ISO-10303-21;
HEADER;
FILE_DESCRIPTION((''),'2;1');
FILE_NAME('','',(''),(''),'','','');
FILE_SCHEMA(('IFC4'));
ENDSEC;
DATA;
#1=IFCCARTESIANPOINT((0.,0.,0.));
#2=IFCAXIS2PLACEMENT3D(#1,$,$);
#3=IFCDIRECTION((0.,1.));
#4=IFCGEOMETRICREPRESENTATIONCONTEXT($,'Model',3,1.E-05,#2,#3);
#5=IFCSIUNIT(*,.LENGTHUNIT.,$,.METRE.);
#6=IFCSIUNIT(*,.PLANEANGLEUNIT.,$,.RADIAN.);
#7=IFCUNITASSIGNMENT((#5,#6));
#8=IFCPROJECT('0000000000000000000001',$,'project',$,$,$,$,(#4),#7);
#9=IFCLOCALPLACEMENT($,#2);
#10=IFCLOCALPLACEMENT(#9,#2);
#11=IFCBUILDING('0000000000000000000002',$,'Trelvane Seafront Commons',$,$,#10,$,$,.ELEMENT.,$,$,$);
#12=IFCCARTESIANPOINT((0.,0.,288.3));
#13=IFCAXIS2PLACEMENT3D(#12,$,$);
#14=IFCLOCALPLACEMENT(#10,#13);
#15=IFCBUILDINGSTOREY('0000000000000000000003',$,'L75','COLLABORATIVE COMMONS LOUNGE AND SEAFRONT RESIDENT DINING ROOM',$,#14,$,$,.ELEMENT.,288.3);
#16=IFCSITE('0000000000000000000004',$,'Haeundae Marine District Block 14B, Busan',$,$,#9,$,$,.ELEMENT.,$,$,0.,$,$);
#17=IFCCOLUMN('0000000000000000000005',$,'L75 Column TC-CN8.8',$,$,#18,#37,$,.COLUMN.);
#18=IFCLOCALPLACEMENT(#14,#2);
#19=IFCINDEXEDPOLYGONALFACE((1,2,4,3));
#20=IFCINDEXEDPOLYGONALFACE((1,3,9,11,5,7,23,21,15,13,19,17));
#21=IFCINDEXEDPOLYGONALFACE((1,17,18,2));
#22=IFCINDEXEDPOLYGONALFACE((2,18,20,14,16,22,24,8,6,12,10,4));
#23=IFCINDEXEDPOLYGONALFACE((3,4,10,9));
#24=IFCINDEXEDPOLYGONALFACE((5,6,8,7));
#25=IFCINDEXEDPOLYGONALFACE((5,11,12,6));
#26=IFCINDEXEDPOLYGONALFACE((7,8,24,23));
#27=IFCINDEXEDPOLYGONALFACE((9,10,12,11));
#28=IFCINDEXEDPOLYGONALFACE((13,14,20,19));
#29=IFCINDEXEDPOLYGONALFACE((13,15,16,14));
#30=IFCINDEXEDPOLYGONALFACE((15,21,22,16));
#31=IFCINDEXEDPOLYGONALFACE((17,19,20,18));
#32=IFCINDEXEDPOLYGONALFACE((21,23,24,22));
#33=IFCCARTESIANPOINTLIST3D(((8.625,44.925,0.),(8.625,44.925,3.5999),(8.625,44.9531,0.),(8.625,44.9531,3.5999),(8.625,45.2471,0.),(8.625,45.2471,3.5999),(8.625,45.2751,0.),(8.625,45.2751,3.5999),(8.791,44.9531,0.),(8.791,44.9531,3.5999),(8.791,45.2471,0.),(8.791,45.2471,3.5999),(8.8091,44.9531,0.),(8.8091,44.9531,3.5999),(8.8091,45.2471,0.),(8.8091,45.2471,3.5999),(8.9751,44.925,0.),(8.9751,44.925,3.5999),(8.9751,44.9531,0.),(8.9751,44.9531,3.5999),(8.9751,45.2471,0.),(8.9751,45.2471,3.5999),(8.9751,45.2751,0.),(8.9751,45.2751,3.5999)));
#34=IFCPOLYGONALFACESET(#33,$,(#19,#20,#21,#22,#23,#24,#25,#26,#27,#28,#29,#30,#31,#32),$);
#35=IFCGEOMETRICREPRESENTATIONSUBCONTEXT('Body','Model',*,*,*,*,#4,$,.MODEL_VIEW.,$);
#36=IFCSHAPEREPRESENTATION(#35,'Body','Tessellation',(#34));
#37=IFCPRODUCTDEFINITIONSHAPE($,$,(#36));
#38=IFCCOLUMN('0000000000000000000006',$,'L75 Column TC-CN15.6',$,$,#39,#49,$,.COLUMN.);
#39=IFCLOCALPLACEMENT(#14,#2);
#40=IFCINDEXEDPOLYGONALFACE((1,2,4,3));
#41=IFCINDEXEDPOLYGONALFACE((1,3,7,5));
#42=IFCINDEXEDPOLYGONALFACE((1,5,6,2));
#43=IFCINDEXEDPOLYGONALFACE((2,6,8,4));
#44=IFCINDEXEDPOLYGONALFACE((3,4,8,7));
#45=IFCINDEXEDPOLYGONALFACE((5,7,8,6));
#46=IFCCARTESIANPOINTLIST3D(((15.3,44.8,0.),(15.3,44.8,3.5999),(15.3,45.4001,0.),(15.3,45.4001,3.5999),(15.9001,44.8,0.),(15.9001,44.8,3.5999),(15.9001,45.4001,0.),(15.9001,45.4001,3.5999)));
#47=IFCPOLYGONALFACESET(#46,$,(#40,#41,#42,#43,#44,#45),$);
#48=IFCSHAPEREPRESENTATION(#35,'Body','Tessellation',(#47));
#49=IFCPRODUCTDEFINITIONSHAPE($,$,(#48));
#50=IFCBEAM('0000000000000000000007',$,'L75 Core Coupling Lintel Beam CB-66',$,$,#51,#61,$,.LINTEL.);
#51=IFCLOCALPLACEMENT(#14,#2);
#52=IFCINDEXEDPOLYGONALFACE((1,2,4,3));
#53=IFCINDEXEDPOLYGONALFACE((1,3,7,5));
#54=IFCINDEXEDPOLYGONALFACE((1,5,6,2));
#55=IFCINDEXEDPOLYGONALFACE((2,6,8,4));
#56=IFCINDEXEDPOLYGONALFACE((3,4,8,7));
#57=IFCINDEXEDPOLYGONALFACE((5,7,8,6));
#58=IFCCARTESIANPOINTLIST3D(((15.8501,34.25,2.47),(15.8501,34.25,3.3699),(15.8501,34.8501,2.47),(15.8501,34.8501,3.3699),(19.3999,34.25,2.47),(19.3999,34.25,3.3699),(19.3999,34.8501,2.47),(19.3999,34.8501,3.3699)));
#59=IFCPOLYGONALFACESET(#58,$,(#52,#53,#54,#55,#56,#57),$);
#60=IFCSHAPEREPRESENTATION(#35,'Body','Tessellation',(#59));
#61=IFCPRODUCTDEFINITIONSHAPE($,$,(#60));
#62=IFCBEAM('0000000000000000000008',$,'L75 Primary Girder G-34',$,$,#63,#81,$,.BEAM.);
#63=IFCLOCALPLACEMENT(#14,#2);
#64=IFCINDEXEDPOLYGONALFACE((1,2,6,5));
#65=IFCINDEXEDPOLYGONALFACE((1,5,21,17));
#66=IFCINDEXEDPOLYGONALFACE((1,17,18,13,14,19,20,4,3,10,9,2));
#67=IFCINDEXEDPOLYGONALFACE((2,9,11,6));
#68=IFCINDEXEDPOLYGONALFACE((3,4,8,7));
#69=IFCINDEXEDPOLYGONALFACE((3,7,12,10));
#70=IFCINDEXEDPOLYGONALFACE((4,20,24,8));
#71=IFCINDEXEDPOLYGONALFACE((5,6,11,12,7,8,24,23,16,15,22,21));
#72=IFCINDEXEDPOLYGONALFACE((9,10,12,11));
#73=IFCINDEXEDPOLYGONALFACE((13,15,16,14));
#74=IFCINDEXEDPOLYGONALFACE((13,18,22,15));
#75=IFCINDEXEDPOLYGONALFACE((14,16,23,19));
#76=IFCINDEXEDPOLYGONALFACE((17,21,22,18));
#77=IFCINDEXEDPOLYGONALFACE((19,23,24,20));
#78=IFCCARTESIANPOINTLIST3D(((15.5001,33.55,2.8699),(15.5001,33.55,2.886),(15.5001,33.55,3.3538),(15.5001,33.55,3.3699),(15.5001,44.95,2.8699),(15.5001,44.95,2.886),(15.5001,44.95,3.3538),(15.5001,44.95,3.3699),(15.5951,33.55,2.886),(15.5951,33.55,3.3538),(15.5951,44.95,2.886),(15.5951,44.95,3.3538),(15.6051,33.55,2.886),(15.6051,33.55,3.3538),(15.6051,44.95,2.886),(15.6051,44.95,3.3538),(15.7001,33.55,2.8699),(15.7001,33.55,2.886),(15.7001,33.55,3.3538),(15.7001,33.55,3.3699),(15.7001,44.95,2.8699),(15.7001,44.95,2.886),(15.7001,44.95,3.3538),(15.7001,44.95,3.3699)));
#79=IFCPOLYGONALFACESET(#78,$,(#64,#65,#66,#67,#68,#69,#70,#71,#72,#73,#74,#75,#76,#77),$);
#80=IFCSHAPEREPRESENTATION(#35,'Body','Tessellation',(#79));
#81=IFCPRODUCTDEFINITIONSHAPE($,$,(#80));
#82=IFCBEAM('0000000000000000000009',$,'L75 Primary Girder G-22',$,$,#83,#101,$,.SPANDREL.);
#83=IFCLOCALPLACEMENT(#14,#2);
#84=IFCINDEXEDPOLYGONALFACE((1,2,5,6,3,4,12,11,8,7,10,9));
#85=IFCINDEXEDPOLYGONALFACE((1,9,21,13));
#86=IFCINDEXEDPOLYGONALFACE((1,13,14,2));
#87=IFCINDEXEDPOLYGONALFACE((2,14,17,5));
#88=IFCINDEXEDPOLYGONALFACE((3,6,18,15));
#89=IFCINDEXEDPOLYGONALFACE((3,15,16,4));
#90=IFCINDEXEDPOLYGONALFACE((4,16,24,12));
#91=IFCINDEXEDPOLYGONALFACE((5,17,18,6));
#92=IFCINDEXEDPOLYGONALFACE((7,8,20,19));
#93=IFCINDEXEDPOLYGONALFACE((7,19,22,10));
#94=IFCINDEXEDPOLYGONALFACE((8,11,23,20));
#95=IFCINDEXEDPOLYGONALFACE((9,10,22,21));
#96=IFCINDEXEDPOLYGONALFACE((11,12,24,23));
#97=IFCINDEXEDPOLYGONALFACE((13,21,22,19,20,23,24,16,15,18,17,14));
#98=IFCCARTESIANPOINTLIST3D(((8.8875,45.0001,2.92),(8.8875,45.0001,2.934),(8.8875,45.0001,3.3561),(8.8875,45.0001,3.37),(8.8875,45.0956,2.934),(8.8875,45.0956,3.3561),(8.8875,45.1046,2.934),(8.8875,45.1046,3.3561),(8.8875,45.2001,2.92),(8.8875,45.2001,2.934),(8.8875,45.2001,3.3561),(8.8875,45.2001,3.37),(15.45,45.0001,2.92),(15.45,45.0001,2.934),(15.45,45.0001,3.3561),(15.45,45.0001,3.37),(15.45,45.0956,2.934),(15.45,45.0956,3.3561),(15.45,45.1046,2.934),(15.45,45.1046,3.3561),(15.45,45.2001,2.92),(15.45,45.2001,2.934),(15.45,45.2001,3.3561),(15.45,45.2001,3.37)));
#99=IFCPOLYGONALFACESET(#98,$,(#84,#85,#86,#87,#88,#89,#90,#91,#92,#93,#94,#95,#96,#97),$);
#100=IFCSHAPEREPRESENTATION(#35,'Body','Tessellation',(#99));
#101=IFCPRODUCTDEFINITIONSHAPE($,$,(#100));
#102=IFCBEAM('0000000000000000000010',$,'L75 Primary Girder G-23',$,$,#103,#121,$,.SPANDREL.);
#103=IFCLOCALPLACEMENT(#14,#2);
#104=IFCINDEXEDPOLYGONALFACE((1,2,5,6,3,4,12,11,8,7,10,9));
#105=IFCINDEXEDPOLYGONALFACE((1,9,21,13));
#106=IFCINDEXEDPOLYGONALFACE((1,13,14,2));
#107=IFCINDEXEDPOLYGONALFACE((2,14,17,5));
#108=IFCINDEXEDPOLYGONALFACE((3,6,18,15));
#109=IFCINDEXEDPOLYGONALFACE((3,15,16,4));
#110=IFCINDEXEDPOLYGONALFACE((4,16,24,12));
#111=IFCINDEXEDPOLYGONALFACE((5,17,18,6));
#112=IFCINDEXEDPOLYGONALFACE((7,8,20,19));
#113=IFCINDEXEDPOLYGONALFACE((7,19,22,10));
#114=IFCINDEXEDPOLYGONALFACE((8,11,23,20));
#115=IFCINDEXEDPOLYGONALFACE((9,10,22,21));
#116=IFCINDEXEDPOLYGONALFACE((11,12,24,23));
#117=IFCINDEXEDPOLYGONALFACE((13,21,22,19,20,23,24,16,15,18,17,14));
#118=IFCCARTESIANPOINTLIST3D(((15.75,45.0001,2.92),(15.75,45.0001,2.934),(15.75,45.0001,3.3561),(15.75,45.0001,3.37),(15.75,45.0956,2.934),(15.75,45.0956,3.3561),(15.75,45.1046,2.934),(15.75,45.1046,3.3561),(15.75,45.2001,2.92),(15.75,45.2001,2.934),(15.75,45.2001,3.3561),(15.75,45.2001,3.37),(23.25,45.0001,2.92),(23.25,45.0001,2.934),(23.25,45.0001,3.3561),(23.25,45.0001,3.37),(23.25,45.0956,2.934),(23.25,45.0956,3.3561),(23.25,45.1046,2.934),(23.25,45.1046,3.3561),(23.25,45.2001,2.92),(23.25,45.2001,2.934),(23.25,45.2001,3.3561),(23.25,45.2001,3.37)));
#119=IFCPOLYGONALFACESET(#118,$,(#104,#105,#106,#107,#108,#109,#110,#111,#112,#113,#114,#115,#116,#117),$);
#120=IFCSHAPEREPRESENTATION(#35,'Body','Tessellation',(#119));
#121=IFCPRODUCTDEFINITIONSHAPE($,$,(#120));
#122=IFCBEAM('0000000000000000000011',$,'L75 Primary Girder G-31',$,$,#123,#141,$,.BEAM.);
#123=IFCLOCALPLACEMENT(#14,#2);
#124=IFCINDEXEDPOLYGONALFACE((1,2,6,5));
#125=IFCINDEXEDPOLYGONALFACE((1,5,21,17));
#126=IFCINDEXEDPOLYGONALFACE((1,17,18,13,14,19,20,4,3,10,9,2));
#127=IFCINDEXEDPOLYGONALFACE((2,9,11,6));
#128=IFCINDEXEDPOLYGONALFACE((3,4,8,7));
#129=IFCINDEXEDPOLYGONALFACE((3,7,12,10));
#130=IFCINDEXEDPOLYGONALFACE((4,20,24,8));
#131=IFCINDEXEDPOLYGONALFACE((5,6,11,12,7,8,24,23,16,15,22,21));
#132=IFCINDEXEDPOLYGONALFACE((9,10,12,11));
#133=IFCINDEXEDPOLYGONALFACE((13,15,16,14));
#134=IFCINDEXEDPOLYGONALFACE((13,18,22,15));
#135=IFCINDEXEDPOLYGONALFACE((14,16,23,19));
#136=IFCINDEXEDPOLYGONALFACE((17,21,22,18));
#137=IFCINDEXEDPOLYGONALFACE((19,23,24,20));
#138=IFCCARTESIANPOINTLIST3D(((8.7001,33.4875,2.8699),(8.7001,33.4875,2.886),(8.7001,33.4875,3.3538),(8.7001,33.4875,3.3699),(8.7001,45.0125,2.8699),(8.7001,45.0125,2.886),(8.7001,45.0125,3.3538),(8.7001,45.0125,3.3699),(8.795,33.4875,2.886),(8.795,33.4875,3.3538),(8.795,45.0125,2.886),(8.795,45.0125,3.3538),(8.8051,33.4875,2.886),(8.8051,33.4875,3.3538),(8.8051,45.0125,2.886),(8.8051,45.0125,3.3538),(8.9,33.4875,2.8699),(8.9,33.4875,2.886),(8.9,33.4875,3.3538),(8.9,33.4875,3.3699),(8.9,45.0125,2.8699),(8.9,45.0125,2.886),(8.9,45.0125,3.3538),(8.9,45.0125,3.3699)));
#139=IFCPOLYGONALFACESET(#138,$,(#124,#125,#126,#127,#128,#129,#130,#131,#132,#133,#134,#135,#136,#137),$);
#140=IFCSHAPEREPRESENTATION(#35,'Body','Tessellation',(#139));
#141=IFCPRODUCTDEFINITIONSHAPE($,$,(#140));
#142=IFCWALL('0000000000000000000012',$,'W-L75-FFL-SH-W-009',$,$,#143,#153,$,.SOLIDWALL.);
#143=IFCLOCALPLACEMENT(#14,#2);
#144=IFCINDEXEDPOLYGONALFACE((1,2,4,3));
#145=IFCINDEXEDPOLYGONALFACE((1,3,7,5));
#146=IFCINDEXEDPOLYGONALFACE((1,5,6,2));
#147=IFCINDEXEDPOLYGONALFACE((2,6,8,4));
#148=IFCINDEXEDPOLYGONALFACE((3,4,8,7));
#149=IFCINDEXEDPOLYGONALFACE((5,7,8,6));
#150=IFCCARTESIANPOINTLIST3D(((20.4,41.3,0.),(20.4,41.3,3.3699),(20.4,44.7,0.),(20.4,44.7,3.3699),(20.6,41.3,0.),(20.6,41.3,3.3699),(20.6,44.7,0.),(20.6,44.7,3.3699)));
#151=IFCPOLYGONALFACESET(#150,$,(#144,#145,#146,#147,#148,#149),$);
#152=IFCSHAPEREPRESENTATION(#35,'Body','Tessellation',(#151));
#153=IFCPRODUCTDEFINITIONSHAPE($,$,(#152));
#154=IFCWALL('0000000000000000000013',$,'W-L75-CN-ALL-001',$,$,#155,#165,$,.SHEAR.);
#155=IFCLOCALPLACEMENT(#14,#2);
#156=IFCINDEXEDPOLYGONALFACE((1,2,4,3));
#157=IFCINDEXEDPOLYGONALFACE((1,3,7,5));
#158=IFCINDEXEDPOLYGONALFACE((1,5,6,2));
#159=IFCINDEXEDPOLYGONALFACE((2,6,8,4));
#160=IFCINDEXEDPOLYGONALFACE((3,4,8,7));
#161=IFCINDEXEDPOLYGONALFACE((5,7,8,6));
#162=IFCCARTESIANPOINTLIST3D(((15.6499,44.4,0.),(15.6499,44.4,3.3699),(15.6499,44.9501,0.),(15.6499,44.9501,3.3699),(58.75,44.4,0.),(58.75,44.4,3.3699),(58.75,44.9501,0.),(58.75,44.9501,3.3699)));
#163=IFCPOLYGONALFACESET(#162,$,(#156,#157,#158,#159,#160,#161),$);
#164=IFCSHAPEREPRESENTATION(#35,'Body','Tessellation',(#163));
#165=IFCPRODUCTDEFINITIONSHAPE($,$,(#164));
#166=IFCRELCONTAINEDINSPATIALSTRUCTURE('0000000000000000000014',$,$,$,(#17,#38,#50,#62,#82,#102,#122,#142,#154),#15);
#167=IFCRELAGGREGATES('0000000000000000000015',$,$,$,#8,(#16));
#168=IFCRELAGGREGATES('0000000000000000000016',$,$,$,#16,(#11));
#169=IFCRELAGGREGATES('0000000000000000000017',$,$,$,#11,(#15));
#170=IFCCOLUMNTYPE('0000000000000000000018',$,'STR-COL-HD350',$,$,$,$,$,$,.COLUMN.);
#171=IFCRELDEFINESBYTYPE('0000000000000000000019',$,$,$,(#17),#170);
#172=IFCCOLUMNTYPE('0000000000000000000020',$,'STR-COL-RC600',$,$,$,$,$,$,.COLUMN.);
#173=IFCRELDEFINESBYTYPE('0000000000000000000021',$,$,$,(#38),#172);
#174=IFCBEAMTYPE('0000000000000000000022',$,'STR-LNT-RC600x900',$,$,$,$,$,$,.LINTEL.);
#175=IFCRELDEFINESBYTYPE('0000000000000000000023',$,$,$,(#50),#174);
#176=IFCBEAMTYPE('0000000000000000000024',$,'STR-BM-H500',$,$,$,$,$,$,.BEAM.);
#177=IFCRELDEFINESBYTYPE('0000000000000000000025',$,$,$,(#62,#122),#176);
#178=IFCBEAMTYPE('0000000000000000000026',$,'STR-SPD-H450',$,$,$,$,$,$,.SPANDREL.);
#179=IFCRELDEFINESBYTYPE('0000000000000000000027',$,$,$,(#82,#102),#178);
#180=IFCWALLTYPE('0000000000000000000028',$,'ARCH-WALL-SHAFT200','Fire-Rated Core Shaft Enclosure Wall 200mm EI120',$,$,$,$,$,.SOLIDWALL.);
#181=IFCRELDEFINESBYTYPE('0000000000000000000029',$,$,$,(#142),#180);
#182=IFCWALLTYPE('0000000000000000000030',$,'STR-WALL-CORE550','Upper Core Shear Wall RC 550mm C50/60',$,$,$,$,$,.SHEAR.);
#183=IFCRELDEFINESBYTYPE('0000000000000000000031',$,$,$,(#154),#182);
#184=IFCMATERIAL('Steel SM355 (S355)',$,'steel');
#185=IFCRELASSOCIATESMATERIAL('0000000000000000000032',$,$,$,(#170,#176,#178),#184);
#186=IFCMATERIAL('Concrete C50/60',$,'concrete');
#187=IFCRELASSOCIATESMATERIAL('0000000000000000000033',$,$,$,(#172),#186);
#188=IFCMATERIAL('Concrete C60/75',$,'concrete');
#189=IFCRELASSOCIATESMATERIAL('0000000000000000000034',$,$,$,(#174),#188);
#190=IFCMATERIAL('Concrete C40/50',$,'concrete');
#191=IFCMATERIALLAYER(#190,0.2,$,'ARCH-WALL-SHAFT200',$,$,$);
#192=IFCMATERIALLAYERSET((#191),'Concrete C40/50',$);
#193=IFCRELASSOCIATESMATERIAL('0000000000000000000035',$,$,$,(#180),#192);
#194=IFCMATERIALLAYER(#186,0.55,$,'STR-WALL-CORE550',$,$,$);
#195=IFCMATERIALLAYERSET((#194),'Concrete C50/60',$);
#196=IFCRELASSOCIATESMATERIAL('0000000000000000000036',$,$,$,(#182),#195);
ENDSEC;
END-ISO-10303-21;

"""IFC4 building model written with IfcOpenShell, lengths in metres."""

from ifc_helpers import new_model, si_unit, direction, frame, frame_2d, origin, origin_2d, place, context, subcontext, project, spatial, rectangle, i_section, extrude, source, transform, mapped, material, layer, layer_set, material_profile, profile_set, type_object, element, save


model = new_model("IFC4")

# Units and contexts
model_context = context("Model", 3, precision=1e-05, world=origin(), true_north=direction((0.0, 1.0)))
body_context = subcontext(model_context, "Body", "Model", "MODEL_VIEW")
ifc_project = project(units=[si_unit("LENGTHUNIT", "METRE"), si_unit("PLANEANGLEUNIT", "RADIAN")], contexts=[model_context])

# Site, building, storey
site_placement = place(None, origin())
site = spatial("IfcSite", under=ifc_project, at=site_placement, Name="Haeundae Marine District Block 14B, Busan", CompositionType="ELEMENT", RefElevation=0.0)
building_placement = place(site_placement, origin())
building = spatial("IfcBuilding", under=site, at=building_placement, Name="Trelvane Seafront Commons", CompositionType="ELEMENT")
storey_placement = place(building_placement, frame((0.0, 0.0, 288.3)))
storey = spatial("IfcBuildingStorey", under=building, at=storey_placement, Name="L75", Description="COLLABORATIVE COMMONS LOUNGE AND SEAFRONT RESIDENT DINING ROOM", CompositionType="ELEMENT", Elevation=288.3)

# Columns
ifc_material_1 = material(Name="Steel SM355 (S355)", Category="steel")
ifc_material_profile_1 = material_profile(ifc_material_1, i_section(OverallWidth=0.3501, OverallDepth=0.3501, WebThickness=0.0181, FlangeThickness=0.0281, at=origin_2d()), Name="HD-350x350x18x28")
ifc_profile_set_1 = profile_set([ifc_material_profile_1], Name="Steel SM355 (S355)")
column_type_1 = type_object("IfcColumnType", Name="STR-COL-HD350", PredefinedType="COLUMN", material=ifc_profile_set_1)
shared_shape_1 = source(origin(), body_context, "Body", "SweptSolid", [
    extrude(i_section(OverallWidth=0.3501, OverallDepth=0.3501, WebThickness=0.0181, FlangeThickness=0.0281, at=origin_2d()), origin(), (0.0, 0.0, 1.0), 3.5999),
])
column_1_placement = place(storey_placement, frame((8.8, 45.1001, 0.0), z_axis=(0.0, 0.0, 1.0), x_axis=(1.0, 0.0, 0.0)))
element("IfcColumn", 1, at=column_1_placement, inside=storey, type_object=column_type_1, Name="L75 Column TC-CN8.8", PredefinedType="COLUMN", context=body_context, shape_type="MappedRepresentation", body=[
    mapped(shared_shape_1, transform((0.0, 0.0, 0.0), x_axis=(1.0, 0.0, 0.0), y_axis=(0.0, 1.0, 0.0), z_axis=(0.0, 0.0, 1.0), scale=1.0)),
])
ifc_material_2 = material(Name="Concrete C50/60", Category="concrete")
ifc_material_profile_2 = material_profile(ifc_material_2, rectangle(XDim=0.6001, YDim=0.6001, at=origin_2d()), Name="RC-600x600")
ifc_profile_set_2 = profile_set([ifc_material_profile_2], Name="Concrete C50/60")
column_type_2 = type_object("IfcColumnType", Name="STR-COL-RC600", PredefinedType="COLUMN", material=ifc_profile_set_2)
shared_shape_2 = source(origin(), body_context, "Body", "SweptSolid", [
    extrude(rectangle(XDim=0.6001, YDim=0.6001, at=origin_2d()), origin(), (0.0, 0.0, 1.0), 3.5999),
])
column_2_placement = place(storey_placement, frame((15.6001, 45.1001, 0.0), z_axis=(0.0, 0.0, 1.0), x_axis=(1.0, 0.0, 0.0)))
element("IfcColumn", 2, at=column_2_placement, inside=storey, type_object=column_type_2, Name="L75 Column TC-CN15.6", PredefinedType="COLUMN", context=body_context, shape_type="MappedRepresentation", body=[
    mapped(shared_shape_2, transform((0.0, 0.0, 0.0), x_axis=(1.0, 0.0, 0.0), y_axis=(0.0, 1.0, 0.0), z_axis=(0.0, 0.0, 1.0), scale=1.0)),
])

# Beams
ifc_material_3 = material(Name="Concrete C60/75", Category="concrete")
ifc_material_profile_3 = material_profile(ifc_material_3, rectangle(XDim=0.6001, YDim=0.8999, at=origin_2d()), Name="RC-600x900")
ifc_profile_set_3 = profile_set([ifc_material_profile_3], Name="Concrete C60/75")
beam_type_1 = type_object("IfcBeamType", Name="STR-LNT-RC600x900", PredefinedType="LINTEL", material=ifc_profile_set_3)
shared_shape_3 = source(origin(), body_context, "Body", "SweptSolid", [
    extrude(rectangle(XDim=0.6001, YDim=0.8999, at=origin_2d()), origin(), (0.0, 0.0, 1.0), 3.5498),
])
beam_1_placement = place(storey_placement, frame((15.8501, 34.55, 2.9199), z_axis=(1.0, 0.0, 0.0), x_axis=(0.0, 1.0, 0.0)))
element("IfcBeam", 3, at=beam_1_placement, inside=storey, type_object=beam_type_1, Name="L75 Core Coupling Lintel Beam CB-66", PredefinedType="LINTEL", context=body_context, shape_type="MappedRepresentation", body=[
    mapped(shared_shape_3, transform((0.0, 0.0, 0.0), x_axis=(1.0, 0.0, 0.0), y_axis=(0.0, 1.0, 0.0), z_axis=(0.0, 0.0, 1.0), scale=1.0)),
])
ifc_material_profile_4 = material_profile(ifc_material_1, i_section(OverallWidth=0.2, OverallDepth=0.5, WebThickness=0.01, FlangeThickness=0.0161, at=origin_2d()), Name="H-500x200x10x16")
ifc_profile_set_4 = profile_set([ifc_material_profile_4], Name="Steel SM355 (S355)")
beam_type_2 = type_object("IfcBeamType", Name="STR-BM-H500", PredefinedType="BEAM", material=ifc_profile_set_4)
shared_shape_4 = source(origin(), body_context, "Body", "SweptSolid", [
    extrude(i_section(OverallWidth=0.2, OverallDepth=0.5, WebThickness=0.01, FlangeThickness=0.0161, at=origin_2d()), origin(), (0.0, 0.0, 1.0), 11.3999),
])
beam_2_placement = place(storey_placement, frame((15.6001, 33.55, 3.1199), z_axis=(0.0, 1.0, 0.0), x_axis=(-1.0, 0.0, 0.0)))
element("IfcBeam", 4, at=beam_2_placement, inside=storey, type_object=beam_type_2, Name="L75 Primary Girder G-34", PredefinedType="BEAM", context=body_context, shape_type="MappedRepresentation", body=[
    mapped(shared_shape_4, transform((0.0, 0.0, 0.0), x_axis=(1.0, 0.0, 0.0), y_axis=(0.0, 1.0, 0.0), z_axis=(0.0, 0.0, 1.0), scale=1.0)),
])
ifc_material_profile_5 = material_profile(ifc_material_1, i_section(OverallWidth=0.2, OverallDepth=0.45, WebThickness=0.009, FlangeThickness=0.0139, at=origin_2d()), Name="H-450x200x9x14")
ifc_profile_set_5 = profile_set([ifc_material_profile_5], Name="Steel SM355 (S355)")
beam_type_3 = type_object("IfcBeamType", Name="STR-SPD-H450", PredefinedType="SPANDREL", material=ifc_profile_set_5)
shared_shape_5 = source(origin(), body_context, "Body", "SweptSolid", [
    extrude(i_section(OverallWidth=0.2, OverallDepth=0.45, WebThickness=0.009, FlangeThickness=0.0139, at=origin_2d()), origin(), (0.0, 0.0, 1.0), 6.5625),
])
beam_3_placement = place(storey_placement, frame((8.8875, 45.1001, 3.145), z_axis=(1.0, 0.0, 0.0), x_axis=(0.0, 1.0, 0.0)))
element("IfcBeam", 5, at=beam_3_placement, inside=storey, type_object=beam_type_3, Name="L75 Primary Girder G-22", PredefinedType="SPANDREL", context=body_context, shape_type="MappedRepresentation", body=[
    mapped(shared_shape_5, transform((0.0, 0.0, 0.0), x_axis=(1.0, 0.0, 0.0), y_axis=(0.0, 1.0, 0.0), z_axis=(0.0, 0.0, 1.0), scale=1.0)),
])
shared_shape_6 = source(origin(), body_context, "Body", "SweptSolid", [
    extrude(i_section(OverallWidth=0.2, OverallDepth=0.45, WebThickness=0.009, FlangeThickness=0.0139, at=origin_2d()), origin(), (0.0, 0.0, 1.0), 7.5),
])
beam_4_placement = place(storey_placement, frame((15.75, 45.1001, 3.145), z_axis=(1.0, 0.0, 0.0), x_axis=(0.0, 1.0, 0.0)))
element("IfcBeam", 6, at=beam_4_placement, inside=storey, type_object=beam_type_3, Name="L75 Primary Girder G-23", PredefinedType="SPANDREL", context=body_context, shape_type="MappedRepresentation", body=[
    mapped(shared_shape_6, transform((0.0, 0.0, 0.0), x_axis=(1.0, 0.0, 0.0), y_axis=(0.0, 1.0, 0.0), z_axis=(0.0, 0.0, 1.0), scale=1.0)),
])
shared_shape_7 = source(origin(), body_context, "Body", "SweptSolid", [
    extrude(i_section(OverallWidth=0.2, OverallDepth=0.5, WebThickness=0.01, FlangeThickness=0.0161, at=origin_2d()), origin(), (0.0, 0.0, 1.0), 11.5249),
])
beam_5_placement = place(storey_placement, frame((8.8, 33.4875, 3.1199), z_axis=(0.0, 1.0, 0.0), x_axis=(-1.0, 0.0, 0.0)))
element("IfcBeam", 7, at=beam_5_placement, inside=storey, type_object=beam_type_2, Name="L75 Primary Girder G-31", PredefinedType="BEAM", context=body_context, shape_type="MappedRepresentation", body=[
    mapped(shared_shape_7, transform((0.0, 0.0, 0.0), x_axis=(1.0, 0.0, 0.0), y_axis=(0.0, 1.0, 0.0), z_axis=(0.0, 0.0, 1.0), scale=1.0)),
])

# Shared definitions
ifc_material_4 = material(Name="Concrete C40/50", Category="concrete")
ifc_layer_1 = layer(ifc_material_4, 0.2, Name="ARCH-WALL-SHAFT200")
ifc_layer_set_1 = layer_set([ifc_layer_1], Name="Concrete C40/50")
wall_type_1 = type_object("IfcWallType", Name="ARCH-WALL-SHAFT200", Description="Fire-Rated Core Shaft Enclosure Wall 200mm EI120", PredefinedType="SOLIDWALL", material=ifc_layer_set_1)

# Walls
wall_1_placement = place(storey_placement, frame((20.5, 41.3, 0.0), z_axis=(0.0, 0.0, 1.0), x_axis=(0.0, 1.0, 0.0)))
element("IfcWall", 8, at=wall_1_placement, inside=storey, type_object=wall_type_1, Name="W-L75-FFL-SH-W-009", PredefinedType="SOLIDWALL", context=body_context, shape_type="SweptSolid", body=[
    extrude(rectangle(XDim=3.3999, YDim=0.2, at=frame_2d((1.7, 0.0))), origin(), (0.0, 0.0, 1.0), 3.3699),
])
ifc_layer_2 = layer(ifc_material_2, 0.55, Name="STR-WALL-CORE550")
ifc_layer_set_2 = layer_set([ifc_layer_2], Name="Concrete C50/60")
wall_type_2 = type_object("IfcWallType", Name="STR-WALL-CORE550", Description="Upper Core Shear Wall RC 550mm C50/60", PredefinedType="SHEAR", material=ifc_layer_set_2)
wall_2_placement = place(storey_placement, frame((15.6499, 44.675, 0.0), z_axis=(0.0, 0.0, 1.0), x_axis=(1.0, 0.0, 0.0)))
element("IfcWall", 9, at=wall_2_placement, inside=storey, type_object=wall_type_2, Name="W-L75-CN-ALL-001", PredefinedType="SHEAR", context=body_context, shape_type="SweptSolid", body=[
    extrude(rectangle(XDim=43.1001, YDim=0.55, at=frame_2d((21.55, 0.0))), origin(), (0.0, 0.0, 1.0), 3.3699),
])

save(model, "model.ifc")
